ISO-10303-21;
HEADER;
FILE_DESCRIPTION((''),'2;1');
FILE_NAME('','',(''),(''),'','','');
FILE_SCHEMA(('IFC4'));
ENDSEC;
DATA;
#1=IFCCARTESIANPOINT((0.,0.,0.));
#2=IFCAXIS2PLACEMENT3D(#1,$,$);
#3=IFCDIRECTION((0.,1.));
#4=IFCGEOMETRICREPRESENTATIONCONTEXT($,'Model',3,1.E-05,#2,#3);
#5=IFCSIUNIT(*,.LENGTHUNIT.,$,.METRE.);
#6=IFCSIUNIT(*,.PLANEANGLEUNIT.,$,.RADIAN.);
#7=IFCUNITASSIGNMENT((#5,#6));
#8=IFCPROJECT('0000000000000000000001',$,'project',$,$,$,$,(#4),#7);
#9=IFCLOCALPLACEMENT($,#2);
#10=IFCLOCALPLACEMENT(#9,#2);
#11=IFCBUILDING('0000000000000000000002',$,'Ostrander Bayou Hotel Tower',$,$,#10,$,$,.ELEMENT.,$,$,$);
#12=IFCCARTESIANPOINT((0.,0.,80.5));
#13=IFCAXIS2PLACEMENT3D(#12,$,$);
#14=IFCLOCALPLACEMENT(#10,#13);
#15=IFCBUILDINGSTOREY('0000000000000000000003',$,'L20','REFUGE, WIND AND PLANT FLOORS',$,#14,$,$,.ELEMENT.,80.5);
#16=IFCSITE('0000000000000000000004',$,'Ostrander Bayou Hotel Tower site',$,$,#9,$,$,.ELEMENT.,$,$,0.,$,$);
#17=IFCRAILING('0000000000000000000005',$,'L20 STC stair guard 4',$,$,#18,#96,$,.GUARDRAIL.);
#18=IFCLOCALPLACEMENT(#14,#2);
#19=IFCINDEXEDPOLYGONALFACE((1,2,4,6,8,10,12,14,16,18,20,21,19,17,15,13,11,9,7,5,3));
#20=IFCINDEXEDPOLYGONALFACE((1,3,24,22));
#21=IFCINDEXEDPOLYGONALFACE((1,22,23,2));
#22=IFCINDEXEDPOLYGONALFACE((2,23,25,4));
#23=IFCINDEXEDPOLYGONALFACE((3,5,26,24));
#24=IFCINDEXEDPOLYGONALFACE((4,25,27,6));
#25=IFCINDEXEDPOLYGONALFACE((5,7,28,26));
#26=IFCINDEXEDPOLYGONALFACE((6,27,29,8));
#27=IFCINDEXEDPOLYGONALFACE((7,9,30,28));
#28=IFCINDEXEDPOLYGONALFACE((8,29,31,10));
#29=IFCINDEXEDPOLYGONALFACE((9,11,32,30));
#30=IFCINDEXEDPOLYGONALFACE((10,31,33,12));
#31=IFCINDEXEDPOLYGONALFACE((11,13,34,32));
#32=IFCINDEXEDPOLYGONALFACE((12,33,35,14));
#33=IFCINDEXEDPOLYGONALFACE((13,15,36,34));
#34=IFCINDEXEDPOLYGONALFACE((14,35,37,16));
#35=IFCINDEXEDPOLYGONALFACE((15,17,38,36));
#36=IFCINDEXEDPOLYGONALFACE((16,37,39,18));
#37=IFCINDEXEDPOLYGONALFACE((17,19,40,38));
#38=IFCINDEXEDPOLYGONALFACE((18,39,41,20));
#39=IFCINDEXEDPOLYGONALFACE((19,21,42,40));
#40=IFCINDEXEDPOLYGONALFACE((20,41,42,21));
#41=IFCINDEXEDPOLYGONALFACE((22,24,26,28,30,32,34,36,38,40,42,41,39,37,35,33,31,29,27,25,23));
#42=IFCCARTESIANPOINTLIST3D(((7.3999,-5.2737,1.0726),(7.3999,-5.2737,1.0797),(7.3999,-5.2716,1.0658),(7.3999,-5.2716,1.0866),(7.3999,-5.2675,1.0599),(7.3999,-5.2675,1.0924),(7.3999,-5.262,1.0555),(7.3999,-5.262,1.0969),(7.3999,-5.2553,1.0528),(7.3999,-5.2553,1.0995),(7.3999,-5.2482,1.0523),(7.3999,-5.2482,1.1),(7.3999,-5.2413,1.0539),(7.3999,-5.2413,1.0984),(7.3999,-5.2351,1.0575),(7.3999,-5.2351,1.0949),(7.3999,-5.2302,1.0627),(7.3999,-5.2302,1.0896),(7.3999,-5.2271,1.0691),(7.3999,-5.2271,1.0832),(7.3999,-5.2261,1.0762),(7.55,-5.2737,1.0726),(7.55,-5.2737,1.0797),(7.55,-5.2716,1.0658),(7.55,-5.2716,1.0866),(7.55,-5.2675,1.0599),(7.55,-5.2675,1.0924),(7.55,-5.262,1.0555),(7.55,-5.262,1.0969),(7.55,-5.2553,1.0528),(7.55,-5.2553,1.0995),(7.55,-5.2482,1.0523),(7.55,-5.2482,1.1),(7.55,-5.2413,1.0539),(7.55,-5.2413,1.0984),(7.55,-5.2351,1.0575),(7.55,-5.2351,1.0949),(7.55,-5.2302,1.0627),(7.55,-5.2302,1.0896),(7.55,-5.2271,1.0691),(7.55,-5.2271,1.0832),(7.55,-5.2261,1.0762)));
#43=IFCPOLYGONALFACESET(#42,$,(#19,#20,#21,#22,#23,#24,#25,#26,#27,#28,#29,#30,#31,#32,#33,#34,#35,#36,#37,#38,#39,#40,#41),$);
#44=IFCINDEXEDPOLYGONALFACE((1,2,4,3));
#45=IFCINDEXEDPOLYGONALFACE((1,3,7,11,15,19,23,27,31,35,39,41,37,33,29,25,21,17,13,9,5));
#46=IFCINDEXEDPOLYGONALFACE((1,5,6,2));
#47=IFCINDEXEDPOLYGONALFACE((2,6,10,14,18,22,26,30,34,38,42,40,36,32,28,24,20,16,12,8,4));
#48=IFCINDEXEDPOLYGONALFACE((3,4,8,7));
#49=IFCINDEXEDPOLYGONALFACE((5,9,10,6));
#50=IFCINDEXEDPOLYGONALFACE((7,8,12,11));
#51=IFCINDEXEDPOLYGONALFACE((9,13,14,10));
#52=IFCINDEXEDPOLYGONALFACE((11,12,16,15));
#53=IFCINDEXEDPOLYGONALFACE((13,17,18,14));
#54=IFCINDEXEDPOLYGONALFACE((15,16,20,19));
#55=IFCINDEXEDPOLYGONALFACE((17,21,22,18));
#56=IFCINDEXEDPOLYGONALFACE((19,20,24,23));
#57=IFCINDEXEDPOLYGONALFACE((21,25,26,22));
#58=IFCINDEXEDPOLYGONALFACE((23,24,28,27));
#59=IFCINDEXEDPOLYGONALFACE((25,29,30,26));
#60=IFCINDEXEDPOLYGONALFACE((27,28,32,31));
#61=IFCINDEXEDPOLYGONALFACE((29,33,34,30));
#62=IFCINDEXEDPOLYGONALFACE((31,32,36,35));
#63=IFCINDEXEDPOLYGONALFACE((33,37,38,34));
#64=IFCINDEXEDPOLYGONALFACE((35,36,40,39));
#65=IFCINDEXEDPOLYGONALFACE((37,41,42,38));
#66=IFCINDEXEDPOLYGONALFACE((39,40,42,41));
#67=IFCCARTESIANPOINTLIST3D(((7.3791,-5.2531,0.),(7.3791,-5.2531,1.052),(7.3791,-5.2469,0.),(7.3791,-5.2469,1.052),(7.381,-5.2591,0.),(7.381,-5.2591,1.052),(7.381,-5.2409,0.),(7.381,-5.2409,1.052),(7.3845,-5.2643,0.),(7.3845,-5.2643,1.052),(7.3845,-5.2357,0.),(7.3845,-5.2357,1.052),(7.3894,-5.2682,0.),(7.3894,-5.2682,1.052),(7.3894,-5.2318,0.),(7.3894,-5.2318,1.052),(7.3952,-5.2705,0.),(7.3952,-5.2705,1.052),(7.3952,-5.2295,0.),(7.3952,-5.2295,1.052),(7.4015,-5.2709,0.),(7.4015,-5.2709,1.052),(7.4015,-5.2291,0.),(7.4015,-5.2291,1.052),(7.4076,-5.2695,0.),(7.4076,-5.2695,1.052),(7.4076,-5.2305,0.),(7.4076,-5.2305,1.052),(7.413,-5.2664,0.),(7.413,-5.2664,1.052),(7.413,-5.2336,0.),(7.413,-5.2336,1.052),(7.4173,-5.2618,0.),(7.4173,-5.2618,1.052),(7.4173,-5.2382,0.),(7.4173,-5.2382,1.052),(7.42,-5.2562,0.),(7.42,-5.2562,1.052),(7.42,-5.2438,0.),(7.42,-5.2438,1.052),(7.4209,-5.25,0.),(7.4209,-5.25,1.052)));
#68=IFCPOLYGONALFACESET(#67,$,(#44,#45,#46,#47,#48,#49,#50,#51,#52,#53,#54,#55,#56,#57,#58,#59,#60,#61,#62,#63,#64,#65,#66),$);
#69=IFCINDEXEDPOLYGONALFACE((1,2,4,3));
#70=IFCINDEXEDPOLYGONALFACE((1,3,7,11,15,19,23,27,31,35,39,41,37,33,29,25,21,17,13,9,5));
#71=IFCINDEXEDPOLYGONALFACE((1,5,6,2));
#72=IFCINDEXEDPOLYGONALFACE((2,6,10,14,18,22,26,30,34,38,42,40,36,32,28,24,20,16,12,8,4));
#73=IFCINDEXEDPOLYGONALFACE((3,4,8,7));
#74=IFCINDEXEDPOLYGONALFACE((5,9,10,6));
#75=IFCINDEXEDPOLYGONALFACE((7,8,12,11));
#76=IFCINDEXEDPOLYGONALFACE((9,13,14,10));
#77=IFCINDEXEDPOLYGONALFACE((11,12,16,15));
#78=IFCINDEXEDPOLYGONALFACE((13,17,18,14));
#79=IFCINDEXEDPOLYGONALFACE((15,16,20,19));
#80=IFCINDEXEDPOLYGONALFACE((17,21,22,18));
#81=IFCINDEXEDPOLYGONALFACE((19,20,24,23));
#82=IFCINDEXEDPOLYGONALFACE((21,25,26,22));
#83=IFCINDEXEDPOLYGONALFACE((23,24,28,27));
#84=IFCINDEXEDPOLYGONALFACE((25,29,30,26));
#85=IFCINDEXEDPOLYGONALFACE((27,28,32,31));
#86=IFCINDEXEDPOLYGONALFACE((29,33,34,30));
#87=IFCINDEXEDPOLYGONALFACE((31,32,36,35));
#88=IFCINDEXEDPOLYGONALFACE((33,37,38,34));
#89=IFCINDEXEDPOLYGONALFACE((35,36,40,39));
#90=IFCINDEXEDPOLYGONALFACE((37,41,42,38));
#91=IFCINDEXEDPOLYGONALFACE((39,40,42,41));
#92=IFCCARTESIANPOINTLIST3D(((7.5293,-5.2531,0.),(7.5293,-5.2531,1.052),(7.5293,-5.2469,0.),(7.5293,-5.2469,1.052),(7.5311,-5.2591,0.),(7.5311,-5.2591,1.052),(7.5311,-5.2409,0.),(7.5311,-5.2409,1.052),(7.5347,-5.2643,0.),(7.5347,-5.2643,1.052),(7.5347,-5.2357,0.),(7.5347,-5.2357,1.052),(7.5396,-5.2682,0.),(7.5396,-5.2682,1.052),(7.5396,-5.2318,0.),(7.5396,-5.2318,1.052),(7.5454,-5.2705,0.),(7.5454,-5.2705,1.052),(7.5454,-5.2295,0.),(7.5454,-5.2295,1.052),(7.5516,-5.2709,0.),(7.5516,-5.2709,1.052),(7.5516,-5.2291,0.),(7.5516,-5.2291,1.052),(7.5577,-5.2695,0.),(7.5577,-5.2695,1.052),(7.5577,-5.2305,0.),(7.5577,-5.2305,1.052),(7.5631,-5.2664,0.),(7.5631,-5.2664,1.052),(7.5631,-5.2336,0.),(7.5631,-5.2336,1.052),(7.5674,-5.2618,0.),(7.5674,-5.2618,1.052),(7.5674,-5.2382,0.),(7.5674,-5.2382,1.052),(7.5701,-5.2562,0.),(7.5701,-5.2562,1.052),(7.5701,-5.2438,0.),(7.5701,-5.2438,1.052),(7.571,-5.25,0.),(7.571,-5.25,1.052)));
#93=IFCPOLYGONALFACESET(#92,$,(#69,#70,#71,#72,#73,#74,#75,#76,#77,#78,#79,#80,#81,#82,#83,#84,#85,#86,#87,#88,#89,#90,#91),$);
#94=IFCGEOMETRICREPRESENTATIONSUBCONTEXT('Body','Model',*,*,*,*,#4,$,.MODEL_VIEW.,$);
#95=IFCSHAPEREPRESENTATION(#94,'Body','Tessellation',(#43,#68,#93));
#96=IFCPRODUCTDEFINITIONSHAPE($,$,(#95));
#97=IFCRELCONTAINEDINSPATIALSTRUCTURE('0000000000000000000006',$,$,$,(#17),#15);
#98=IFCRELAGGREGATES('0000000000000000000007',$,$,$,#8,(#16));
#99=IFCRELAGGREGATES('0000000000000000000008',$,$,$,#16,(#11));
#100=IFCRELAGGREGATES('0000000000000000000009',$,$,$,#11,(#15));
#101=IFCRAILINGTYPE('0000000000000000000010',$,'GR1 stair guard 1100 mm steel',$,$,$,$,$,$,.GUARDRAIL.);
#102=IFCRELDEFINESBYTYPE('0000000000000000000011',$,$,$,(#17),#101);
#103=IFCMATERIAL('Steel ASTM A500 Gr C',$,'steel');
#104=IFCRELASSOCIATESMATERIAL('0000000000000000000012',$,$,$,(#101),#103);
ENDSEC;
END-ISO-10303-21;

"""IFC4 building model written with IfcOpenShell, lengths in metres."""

from ifc_helpers import new_model, si_unit, direction, frame, origin, origin_2d, place, context, subcontext, project, spatial, circle, extrude, material, type_object, element, save


model = new_model("IFC4")

# Units and contexts
model_context = context("Model", 3, precision=1e-05, world=origin(), true_north=direction((0.0, 1.0)))
body_context = subcontext(model_context, "Body", "Model", "MODEL_VIEW")
ifc_project = project(units=[si_unit("LENGTHUNIT", "METRE"), si_unit("PLANEANGLEUNIT", "RADIAN")], contexts=[model_context])

# Site, building, storey
site_placement = place(None, origin())
site = spatial("IfcSite", under=ifc_project, at=site_placement, Name="Ostrander Bayou Hotel Tower site", CompositionType="ELEMENT", RefElevation=0.0)
building_placement = place(site_placement, origin())
building = spatial("IfcBuilding", under=site, at=building_placement, Name="Ostrander Bayou Hotel Tower", CompositionType="ELEMENT")
storey_placement = place(building_placement, frame((0.0, 0.0, 80.5)))
storey = spatial("IfcBuildingStorey", under=building, at=storey_placement, Name="L20", Description="REFUGE, WIND AND PLANT FLOORS", CompositionType="ELEMENT", Elevation=80.5)

# Railing
ifc_material_1 = material(Name="Steel ASTM A500 Gr C", Category="steel")
railing_type_1 = type_object("IfcRailingType", Name="GR1 stair guard 1100 mm steel", PredefinedType="GUARDRAIL", material=ifc_material_1)
railing_1_placement = place(storey_placement, frame((7.3999, -5.25, 0.0)))
element("IfcRailing", 1, at=railing_1_placement, inside=storey, type_object=railing_type_1, Name="L20 STC stair guard 4", PredefinedType="GUARDRAIL", context=body_context, shape_type="SweptSolid", body=[
    extrude(circle(Radius=0.0239, at=origin_2d()), frame((0.0, 0.0, 1.0762), z_axis=(1.0, 0.0, 0.0), x_axis=(0.0, 1.0, 0.0)), (0.0, 0.0, 1.0), 0.1501),
    extrude(circle(Radius=0.021, at=origin_2d()), origin(), (0.0, 0.0, 1.0), 1.052),
    extrude(circle(Radius=0.021, at=origin_2d()), frame((0.1501, 0.0, 0.0)), (0.0, 0.0, 1.0), 1.052),
])

save(model, "model.ifc")
